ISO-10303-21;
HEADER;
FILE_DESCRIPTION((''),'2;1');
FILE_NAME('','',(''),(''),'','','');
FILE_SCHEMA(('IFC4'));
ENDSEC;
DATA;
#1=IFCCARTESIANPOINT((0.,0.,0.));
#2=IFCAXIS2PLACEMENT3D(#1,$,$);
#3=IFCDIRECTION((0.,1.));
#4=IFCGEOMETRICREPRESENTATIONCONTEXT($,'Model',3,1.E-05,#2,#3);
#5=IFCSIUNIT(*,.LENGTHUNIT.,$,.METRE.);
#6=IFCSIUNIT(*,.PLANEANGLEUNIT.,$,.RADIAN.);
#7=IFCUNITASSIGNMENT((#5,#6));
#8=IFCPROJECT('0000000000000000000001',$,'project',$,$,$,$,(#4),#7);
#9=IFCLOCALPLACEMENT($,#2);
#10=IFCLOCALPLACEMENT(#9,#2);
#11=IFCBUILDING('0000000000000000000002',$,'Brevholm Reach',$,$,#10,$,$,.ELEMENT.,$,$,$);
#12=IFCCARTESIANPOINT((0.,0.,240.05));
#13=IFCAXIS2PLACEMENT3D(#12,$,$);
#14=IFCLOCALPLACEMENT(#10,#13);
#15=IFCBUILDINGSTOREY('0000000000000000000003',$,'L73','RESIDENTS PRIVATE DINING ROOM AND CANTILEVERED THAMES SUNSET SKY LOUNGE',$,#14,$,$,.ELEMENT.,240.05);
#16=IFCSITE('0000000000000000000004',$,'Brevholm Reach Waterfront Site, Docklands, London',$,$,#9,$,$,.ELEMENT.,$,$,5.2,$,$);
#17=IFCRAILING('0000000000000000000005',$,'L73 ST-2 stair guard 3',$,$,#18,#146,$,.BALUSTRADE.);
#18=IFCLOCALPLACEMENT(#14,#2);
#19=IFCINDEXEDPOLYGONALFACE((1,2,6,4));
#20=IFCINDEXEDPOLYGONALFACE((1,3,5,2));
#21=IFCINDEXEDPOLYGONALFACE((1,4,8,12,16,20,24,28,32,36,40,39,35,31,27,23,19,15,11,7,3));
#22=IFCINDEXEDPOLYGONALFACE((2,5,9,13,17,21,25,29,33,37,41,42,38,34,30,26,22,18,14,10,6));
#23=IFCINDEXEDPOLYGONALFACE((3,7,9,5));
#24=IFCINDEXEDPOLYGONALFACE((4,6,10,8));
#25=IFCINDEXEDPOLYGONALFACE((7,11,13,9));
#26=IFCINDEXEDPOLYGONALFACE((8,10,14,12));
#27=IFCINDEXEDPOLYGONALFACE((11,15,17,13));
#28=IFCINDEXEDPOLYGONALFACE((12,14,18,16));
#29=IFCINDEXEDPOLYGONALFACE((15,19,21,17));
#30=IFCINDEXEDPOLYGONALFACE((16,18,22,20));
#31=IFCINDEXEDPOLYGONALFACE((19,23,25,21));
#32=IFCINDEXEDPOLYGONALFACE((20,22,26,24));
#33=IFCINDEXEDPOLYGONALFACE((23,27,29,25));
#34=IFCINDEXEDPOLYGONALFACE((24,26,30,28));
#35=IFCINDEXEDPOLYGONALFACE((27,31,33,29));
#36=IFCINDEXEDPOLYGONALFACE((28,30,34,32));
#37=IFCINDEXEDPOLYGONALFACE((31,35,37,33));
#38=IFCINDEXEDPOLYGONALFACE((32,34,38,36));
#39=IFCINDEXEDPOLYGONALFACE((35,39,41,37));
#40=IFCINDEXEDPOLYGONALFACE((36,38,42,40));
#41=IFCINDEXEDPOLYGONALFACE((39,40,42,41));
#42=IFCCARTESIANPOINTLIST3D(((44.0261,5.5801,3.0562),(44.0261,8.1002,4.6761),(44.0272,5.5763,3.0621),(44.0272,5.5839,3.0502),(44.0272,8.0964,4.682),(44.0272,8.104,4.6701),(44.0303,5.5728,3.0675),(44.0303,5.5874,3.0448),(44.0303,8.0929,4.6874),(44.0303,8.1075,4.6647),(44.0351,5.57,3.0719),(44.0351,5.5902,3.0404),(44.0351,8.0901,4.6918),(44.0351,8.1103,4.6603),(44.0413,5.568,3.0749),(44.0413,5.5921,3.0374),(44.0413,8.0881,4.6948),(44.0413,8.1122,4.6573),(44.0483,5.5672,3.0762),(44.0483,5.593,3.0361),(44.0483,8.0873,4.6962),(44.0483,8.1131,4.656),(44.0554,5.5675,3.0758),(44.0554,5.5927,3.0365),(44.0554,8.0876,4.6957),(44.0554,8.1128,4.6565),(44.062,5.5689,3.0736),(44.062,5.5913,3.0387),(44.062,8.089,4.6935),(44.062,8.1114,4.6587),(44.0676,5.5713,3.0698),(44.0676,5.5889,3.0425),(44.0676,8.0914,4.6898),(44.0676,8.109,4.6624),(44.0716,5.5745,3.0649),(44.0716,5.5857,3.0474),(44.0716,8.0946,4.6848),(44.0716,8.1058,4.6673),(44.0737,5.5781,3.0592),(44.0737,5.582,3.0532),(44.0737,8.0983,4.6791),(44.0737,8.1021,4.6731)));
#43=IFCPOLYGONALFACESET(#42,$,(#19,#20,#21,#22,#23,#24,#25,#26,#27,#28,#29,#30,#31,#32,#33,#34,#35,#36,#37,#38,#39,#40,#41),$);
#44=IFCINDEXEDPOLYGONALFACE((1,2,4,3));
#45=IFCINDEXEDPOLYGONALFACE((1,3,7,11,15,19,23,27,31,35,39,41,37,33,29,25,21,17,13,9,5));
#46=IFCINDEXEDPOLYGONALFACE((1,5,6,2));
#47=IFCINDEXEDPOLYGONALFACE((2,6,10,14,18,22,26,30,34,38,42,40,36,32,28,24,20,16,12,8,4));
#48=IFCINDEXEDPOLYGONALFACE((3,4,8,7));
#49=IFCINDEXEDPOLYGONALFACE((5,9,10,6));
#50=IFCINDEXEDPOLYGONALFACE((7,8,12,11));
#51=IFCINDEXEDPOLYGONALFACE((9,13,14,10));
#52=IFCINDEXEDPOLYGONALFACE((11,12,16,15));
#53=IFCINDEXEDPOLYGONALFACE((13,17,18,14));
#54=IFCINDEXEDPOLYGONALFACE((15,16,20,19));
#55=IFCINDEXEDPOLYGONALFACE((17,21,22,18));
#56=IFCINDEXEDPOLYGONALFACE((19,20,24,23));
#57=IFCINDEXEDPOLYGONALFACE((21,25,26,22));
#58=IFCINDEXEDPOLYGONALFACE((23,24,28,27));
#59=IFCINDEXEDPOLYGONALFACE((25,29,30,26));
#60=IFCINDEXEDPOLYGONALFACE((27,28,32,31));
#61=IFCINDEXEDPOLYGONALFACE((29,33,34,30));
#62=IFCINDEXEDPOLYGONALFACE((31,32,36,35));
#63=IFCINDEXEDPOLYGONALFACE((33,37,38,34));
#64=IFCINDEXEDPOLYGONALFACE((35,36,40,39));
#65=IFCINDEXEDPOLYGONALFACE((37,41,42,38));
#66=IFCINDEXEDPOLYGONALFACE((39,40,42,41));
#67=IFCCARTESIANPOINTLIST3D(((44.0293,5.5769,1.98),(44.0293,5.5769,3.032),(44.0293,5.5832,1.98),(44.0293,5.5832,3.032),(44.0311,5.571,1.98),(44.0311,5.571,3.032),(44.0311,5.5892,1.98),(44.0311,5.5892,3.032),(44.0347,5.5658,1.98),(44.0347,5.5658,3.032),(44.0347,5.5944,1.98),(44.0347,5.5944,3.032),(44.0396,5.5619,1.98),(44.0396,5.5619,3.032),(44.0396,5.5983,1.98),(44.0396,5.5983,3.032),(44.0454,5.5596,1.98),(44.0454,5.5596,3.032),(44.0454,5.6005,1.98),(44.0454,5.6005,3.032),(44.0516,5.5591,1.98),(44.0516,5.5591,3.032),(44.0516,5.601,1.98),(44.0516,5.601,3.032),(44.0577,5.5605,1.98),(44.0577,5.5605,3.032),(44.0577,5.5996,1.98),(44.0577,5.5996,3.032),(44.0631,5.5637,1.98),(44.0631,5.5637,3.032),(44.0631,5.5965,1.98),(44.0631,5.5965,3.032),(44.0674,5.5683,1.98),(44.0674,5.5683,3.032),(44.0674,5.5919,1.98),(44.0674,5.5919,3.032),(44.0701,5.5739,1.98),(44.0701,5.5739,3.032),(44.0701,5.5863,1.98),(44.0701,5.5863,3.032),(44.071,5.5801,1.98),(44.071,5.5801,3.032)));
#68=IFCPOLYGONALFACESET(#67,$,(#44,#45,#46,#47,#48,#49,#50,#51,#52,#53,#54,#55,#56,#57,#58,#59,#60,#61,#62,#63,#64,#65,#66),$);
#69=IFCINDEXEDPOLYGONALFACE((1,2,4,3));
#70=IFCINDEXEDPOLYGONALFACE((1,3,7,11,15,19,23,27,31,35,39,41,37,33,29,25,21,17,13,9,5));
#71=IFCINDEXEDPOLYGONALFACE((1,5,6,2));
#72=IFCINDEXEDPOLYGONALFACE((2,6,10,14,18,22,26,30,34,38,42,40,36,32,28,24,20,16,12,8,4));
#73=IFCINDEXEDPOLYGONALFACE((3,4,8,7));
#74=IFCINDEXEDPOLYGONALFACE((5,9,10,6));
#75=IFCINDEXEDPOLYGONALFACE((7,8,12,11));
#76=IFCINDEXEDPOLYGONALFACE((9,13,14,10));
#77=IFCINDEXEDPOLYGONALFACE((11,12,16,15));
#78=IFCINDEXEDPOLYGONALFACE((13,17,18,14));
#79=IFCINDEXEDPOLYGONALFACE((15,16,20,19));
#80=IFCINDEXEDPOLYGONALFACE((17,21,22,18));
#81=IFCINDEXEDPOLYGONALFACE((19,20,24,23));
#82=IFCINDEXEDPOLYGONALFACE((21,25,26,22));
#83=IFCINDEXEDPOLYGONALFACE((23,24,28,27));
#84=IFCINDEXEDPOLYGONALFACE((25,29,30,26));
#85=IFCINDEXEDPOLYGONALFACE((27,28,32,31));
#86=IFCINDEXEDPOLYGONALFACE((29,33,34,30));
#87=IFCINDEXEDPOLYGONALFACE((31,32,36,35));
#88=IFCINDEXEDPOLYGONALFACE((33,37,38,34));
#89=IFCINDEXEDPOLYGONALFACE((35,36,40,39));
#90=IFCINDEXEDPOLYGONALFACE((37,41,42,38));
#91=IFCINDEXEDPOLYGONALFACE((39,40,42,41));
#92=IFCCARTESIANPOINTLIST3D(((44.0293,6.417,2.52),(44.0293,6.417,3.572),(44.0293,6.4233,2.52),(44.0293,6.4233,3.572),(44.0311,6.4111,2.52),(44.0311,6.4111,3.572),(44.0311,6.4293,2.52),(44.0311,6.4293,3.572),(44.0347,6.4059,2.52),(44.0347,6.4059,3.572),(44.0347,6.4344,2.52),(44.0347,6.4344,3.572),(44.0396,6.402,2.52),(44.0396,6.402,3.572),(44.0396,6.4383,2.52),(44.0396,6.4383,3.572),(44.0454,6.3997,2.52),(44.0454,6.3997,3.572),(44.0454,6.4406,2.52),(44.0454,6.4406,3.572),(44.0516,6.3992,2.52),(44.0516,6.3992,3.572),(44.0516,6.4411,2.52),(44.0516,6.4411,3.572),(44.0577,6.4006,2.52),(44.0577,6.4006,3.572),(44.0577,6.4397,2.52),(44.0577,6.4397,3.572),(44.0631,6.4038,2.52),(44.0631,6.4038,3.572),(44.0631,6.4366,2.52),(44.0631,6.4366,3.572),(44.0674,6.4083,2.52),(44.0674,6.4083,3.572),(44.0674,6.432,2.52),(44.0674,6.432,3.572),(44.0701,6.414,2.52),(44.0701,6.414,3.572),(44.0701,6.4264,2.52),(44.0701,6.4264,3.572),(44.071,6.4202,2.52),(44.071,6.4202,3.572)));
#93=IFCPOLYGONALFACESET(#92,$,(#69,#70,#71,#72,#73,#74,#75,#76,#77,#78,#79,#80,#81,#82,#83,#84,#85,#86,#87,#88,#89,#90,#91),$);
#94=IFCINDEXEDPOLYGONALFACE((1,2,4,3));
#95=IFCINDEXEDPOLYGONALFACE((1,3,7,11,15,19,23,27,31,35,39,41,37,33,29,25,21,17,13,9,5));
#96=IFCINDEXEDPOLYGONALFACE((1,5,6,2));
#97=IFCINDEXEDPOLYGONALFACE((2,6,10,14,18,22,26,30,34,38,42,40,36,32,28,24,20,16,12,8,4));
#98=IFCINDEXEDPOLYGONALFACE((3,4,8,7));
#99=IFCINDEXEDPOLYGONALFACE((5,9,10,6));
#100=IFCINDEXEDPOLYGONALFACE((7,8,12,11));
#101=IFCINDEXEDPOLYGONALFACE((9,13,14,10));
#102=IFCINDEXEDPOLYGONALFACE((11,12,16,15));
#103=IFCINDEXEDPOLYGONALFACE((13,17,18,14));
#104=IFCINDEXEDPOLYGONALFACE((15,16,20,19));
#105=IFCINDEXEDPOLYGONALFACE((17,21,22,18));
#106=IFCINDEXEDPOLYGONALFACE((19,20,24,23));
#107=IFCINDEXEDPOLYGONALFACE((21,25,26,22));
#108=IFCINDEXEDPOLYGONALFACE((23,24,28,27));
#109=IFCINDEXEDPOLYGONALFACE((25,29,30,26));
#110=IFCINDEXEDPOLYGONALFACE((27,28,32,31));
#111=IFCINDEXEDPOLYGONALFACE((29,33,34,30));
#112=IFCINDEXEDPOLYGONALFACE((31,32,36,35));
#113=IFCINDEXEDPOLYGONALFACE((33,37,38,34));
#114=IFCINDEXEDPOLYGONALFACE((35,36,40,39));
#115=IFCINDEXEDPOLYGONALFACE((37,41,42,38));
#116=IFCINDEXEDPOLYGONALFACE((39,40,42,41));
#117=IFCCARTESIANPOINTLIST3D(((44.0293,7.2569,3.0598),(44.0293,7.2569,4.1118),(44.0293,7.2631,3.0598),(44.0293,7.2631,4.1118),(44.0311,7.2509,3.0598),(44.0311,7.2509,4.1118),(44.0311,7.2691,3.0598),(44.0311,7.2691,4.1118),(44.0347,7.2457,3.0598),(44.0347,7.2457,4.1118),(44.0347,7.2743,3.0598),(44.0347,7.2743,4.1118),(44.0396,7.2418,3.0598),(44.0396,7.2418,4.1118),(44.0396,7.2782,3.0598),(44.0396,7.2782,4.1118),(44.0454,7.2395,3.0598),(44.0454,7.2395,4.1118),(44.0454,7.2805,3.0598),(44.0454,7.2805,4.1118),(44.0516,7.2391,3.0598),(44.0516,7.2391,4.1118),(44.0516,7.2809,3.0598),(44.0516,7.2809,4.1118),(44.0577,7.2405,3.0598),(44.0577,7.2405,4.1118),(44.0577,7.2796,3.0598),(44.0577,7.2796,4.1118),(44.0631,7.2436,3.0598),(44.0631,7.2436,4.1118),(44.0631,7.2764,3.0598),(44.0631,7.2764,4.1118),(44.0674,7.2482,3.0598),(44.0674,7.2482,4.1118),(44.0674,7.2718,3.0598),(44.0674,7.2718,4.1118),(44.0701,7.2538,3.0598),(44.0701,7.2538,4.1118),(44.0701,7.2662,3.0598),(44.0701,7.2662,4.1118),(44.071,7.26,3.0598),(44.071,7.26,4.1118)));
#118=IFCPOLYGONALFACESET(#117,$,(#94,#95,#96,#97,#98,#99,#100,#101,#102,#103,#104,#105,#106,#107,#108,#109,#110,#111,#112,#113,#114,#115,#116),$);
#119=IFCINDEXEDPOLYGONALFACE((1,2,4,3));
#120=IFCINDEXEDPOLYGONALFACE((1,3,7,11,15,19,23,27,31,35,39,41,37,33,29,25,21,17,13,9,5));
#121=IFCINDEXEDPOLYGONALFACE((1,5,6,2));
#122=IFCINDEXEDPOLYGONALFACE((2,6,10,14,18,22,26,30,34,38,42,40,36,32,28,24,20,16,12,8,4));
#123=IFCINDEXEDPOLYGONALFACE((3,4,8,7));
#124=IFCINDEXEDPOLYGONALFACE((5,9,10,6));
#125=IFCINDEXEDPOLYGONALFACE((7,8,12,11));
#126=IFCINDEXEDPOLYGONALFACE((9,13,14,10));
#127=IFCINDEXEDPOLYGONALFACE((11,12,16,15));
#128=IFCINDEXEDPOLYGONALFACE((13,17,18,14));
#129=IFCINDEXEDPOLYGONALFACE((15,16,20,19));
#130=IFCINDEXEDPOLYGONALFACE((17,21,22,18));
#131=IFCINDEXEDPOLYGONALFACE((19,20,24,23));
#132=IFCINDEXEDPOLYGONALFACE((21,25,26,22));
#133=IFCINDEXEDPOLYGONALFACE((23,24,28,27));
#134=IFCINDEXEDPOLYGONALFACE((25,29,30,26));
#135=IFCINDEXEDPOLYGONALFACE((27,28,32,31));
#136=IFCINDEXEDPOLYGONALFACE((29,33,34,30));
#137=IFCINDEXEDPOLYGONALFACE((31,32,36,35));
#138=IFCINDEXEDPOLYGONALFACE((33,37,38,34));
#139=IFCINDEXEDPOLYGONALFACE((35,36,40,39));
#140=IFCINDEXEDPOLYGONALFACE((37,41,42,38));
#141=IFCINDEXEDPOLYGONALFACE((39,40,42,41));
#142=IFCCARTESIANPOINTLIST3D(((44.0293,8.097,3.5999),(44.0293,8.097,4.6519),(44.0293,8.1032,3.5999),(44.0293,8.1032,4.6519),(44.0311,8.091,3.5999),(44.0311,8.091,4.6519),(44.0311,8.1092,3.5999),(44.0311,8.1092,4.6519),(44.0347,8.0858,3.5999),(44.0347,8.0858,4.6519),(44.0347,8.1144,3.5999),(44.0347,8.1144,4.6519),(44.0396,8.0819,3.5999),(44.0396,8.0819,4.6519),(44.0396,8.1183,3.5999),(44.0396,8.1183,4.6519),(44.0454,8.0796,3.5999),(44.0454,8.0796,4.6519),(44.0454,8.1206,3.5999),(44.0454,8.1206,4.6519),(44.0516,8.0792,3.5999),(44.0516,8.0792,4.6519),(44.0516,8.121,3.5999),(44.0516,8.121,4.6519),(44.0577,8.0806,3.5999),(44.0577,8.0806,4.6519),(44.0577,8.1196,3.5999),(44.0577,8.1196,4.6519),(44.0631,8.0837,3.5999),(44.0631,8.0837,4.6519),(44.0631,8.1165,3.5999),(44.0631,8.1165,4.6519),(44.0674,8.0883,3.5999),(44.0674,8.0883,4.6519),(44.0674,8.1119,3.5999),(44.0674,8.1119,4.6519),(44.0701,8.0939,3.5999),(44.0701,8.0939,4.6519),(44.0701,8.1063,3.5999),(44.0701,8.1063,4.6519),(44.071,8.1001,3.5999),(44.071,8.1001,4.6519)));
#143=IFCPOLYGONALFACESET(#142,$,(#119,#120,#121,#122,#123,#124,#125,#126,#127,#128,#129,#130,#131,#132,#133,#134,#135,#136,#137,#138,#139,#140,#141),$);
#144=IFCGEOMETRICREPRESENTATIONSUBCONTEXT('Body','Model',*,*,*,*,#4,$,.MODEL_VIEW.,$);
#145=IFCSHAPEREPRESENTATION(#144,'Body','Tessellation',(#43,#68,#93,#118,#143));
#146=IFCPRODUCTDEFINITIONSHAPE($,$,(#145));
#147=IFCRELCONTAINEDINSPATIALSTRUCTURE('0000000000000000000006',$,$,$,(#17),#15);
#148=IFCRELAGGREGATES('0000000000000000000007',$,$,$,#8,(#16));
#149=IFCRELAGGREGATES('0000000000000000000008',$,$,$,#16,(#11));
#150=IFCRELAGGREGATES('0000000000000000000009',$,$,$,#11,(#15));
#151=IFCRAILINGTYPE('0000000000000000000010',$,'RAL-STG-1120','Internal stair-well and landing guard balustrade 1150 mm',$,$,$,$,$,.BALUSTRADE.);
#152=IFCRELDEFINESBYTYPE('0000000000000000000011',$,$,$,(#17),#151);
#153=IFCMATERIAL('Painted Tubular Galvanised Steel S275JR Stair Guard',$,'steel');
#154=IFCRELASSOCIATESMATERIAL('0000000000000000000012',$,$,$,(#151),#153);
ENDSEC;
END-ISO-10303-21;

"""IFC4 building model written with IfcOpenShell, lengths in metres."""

from ifc_helpers import new_model, si_unit, direction, frame, origin, origin_2d, place, context, subcontext, project, spatial, circle, extrude, material, type_object, element, save


model = new_model("IFC4")

# Units and contexts
model_context = context("Model", 3, precision=1e-05, world=origin(), true_north=direction((0.0, 1.0)))
body_context = subcontext(model_context, "Body", "Model", "MODEL_VIEW")
ifc_project = project(units=[si_unit("LENGTHUNIT", "METRE"), si_unit("PLANEANGLEUNIT", "RADIAN")], contexts=[model_context])

# Site, building, storey
site_placement = place(None, origin())
site = spatial("IfcSite", under=ifc_project, at=site_placement, Name="Brevholm Reach Waterfront Site, Docklands, London", CompositionType="ELEMENT", RefElevation=5.2)
building_placement = place(site_placement, origin())
building = spatial("IfcBuilding", under=site, at=building_placement, Name="Brevholm Reach", CompositionType="ELEMENT")
storey_placement = place(building_placement, frame((0.0, 0.0, 240.05)))
storey = spatial("IfcBuildingStorey", under=building, at=storey_placement, Name="L73", Description="RESIDENTS PRIVATE DINING ROOM AND CANTILEVERED THAMES SUNSET SKY LOUNGE", CompositionType="ELEMENT", Elevation=240.05)

# Railing
ifc_material_1 = material(Name="Painted Tubular Galvanised Steel S275JR Stair Guard", Category="steel")
railing_type_1 = type_object("IfcRailingType", Name="RAL-STG-1120", Description="Internal stair-well and landing guard balustrade 1150 mm", PredefinedType="BALUSTRADE", material=ifc_material_1)
railing_1_placement = place(storey_placement, frame((44.05, 5.5801, 1.98)))
element("IfcRailing", 1, at=railing_1_placement, inside=storey, type_object=railing_type_1, Name="L73 ST-2 stair guard 3", PredefinedType="BALUSTRADE", context=body_context, shape_type="SweptSolid", body=[
    extrude(circle(Radius=0.0239, at=origin_2d()), frame((0.0, 0.0, 1.0762), z_axis=(0.0, 0.8412, 0.540725), x_axis=(-1.0, 0.0, 0.0)), (0.0, 0.0, 1.0), 2.9958),
    extrude(circle(Radius=0.021, at=origin_2d()), origin(), (0.0, 0.0, 1.0), 1.052),
    extrude(circle(Radius=0.021, at=origin_2d()), frame((0.0, 0.8401, 0.54)), (0.0, 0.0, 1.0), 1.052),
    extrude(circle(Radius=0.021, at=origin_2d()), frame((0.0, 1.6799, 1.0798)), (0.0, 0.0, 1.0), 1.052),
    extrude(circle(Radius=0.021, at=origin_2d()), frame((0.0, 2.52, 1.6199)), (0.0, 0.0, 1.0), 1.052),
])

save(model, "model.ifc")
